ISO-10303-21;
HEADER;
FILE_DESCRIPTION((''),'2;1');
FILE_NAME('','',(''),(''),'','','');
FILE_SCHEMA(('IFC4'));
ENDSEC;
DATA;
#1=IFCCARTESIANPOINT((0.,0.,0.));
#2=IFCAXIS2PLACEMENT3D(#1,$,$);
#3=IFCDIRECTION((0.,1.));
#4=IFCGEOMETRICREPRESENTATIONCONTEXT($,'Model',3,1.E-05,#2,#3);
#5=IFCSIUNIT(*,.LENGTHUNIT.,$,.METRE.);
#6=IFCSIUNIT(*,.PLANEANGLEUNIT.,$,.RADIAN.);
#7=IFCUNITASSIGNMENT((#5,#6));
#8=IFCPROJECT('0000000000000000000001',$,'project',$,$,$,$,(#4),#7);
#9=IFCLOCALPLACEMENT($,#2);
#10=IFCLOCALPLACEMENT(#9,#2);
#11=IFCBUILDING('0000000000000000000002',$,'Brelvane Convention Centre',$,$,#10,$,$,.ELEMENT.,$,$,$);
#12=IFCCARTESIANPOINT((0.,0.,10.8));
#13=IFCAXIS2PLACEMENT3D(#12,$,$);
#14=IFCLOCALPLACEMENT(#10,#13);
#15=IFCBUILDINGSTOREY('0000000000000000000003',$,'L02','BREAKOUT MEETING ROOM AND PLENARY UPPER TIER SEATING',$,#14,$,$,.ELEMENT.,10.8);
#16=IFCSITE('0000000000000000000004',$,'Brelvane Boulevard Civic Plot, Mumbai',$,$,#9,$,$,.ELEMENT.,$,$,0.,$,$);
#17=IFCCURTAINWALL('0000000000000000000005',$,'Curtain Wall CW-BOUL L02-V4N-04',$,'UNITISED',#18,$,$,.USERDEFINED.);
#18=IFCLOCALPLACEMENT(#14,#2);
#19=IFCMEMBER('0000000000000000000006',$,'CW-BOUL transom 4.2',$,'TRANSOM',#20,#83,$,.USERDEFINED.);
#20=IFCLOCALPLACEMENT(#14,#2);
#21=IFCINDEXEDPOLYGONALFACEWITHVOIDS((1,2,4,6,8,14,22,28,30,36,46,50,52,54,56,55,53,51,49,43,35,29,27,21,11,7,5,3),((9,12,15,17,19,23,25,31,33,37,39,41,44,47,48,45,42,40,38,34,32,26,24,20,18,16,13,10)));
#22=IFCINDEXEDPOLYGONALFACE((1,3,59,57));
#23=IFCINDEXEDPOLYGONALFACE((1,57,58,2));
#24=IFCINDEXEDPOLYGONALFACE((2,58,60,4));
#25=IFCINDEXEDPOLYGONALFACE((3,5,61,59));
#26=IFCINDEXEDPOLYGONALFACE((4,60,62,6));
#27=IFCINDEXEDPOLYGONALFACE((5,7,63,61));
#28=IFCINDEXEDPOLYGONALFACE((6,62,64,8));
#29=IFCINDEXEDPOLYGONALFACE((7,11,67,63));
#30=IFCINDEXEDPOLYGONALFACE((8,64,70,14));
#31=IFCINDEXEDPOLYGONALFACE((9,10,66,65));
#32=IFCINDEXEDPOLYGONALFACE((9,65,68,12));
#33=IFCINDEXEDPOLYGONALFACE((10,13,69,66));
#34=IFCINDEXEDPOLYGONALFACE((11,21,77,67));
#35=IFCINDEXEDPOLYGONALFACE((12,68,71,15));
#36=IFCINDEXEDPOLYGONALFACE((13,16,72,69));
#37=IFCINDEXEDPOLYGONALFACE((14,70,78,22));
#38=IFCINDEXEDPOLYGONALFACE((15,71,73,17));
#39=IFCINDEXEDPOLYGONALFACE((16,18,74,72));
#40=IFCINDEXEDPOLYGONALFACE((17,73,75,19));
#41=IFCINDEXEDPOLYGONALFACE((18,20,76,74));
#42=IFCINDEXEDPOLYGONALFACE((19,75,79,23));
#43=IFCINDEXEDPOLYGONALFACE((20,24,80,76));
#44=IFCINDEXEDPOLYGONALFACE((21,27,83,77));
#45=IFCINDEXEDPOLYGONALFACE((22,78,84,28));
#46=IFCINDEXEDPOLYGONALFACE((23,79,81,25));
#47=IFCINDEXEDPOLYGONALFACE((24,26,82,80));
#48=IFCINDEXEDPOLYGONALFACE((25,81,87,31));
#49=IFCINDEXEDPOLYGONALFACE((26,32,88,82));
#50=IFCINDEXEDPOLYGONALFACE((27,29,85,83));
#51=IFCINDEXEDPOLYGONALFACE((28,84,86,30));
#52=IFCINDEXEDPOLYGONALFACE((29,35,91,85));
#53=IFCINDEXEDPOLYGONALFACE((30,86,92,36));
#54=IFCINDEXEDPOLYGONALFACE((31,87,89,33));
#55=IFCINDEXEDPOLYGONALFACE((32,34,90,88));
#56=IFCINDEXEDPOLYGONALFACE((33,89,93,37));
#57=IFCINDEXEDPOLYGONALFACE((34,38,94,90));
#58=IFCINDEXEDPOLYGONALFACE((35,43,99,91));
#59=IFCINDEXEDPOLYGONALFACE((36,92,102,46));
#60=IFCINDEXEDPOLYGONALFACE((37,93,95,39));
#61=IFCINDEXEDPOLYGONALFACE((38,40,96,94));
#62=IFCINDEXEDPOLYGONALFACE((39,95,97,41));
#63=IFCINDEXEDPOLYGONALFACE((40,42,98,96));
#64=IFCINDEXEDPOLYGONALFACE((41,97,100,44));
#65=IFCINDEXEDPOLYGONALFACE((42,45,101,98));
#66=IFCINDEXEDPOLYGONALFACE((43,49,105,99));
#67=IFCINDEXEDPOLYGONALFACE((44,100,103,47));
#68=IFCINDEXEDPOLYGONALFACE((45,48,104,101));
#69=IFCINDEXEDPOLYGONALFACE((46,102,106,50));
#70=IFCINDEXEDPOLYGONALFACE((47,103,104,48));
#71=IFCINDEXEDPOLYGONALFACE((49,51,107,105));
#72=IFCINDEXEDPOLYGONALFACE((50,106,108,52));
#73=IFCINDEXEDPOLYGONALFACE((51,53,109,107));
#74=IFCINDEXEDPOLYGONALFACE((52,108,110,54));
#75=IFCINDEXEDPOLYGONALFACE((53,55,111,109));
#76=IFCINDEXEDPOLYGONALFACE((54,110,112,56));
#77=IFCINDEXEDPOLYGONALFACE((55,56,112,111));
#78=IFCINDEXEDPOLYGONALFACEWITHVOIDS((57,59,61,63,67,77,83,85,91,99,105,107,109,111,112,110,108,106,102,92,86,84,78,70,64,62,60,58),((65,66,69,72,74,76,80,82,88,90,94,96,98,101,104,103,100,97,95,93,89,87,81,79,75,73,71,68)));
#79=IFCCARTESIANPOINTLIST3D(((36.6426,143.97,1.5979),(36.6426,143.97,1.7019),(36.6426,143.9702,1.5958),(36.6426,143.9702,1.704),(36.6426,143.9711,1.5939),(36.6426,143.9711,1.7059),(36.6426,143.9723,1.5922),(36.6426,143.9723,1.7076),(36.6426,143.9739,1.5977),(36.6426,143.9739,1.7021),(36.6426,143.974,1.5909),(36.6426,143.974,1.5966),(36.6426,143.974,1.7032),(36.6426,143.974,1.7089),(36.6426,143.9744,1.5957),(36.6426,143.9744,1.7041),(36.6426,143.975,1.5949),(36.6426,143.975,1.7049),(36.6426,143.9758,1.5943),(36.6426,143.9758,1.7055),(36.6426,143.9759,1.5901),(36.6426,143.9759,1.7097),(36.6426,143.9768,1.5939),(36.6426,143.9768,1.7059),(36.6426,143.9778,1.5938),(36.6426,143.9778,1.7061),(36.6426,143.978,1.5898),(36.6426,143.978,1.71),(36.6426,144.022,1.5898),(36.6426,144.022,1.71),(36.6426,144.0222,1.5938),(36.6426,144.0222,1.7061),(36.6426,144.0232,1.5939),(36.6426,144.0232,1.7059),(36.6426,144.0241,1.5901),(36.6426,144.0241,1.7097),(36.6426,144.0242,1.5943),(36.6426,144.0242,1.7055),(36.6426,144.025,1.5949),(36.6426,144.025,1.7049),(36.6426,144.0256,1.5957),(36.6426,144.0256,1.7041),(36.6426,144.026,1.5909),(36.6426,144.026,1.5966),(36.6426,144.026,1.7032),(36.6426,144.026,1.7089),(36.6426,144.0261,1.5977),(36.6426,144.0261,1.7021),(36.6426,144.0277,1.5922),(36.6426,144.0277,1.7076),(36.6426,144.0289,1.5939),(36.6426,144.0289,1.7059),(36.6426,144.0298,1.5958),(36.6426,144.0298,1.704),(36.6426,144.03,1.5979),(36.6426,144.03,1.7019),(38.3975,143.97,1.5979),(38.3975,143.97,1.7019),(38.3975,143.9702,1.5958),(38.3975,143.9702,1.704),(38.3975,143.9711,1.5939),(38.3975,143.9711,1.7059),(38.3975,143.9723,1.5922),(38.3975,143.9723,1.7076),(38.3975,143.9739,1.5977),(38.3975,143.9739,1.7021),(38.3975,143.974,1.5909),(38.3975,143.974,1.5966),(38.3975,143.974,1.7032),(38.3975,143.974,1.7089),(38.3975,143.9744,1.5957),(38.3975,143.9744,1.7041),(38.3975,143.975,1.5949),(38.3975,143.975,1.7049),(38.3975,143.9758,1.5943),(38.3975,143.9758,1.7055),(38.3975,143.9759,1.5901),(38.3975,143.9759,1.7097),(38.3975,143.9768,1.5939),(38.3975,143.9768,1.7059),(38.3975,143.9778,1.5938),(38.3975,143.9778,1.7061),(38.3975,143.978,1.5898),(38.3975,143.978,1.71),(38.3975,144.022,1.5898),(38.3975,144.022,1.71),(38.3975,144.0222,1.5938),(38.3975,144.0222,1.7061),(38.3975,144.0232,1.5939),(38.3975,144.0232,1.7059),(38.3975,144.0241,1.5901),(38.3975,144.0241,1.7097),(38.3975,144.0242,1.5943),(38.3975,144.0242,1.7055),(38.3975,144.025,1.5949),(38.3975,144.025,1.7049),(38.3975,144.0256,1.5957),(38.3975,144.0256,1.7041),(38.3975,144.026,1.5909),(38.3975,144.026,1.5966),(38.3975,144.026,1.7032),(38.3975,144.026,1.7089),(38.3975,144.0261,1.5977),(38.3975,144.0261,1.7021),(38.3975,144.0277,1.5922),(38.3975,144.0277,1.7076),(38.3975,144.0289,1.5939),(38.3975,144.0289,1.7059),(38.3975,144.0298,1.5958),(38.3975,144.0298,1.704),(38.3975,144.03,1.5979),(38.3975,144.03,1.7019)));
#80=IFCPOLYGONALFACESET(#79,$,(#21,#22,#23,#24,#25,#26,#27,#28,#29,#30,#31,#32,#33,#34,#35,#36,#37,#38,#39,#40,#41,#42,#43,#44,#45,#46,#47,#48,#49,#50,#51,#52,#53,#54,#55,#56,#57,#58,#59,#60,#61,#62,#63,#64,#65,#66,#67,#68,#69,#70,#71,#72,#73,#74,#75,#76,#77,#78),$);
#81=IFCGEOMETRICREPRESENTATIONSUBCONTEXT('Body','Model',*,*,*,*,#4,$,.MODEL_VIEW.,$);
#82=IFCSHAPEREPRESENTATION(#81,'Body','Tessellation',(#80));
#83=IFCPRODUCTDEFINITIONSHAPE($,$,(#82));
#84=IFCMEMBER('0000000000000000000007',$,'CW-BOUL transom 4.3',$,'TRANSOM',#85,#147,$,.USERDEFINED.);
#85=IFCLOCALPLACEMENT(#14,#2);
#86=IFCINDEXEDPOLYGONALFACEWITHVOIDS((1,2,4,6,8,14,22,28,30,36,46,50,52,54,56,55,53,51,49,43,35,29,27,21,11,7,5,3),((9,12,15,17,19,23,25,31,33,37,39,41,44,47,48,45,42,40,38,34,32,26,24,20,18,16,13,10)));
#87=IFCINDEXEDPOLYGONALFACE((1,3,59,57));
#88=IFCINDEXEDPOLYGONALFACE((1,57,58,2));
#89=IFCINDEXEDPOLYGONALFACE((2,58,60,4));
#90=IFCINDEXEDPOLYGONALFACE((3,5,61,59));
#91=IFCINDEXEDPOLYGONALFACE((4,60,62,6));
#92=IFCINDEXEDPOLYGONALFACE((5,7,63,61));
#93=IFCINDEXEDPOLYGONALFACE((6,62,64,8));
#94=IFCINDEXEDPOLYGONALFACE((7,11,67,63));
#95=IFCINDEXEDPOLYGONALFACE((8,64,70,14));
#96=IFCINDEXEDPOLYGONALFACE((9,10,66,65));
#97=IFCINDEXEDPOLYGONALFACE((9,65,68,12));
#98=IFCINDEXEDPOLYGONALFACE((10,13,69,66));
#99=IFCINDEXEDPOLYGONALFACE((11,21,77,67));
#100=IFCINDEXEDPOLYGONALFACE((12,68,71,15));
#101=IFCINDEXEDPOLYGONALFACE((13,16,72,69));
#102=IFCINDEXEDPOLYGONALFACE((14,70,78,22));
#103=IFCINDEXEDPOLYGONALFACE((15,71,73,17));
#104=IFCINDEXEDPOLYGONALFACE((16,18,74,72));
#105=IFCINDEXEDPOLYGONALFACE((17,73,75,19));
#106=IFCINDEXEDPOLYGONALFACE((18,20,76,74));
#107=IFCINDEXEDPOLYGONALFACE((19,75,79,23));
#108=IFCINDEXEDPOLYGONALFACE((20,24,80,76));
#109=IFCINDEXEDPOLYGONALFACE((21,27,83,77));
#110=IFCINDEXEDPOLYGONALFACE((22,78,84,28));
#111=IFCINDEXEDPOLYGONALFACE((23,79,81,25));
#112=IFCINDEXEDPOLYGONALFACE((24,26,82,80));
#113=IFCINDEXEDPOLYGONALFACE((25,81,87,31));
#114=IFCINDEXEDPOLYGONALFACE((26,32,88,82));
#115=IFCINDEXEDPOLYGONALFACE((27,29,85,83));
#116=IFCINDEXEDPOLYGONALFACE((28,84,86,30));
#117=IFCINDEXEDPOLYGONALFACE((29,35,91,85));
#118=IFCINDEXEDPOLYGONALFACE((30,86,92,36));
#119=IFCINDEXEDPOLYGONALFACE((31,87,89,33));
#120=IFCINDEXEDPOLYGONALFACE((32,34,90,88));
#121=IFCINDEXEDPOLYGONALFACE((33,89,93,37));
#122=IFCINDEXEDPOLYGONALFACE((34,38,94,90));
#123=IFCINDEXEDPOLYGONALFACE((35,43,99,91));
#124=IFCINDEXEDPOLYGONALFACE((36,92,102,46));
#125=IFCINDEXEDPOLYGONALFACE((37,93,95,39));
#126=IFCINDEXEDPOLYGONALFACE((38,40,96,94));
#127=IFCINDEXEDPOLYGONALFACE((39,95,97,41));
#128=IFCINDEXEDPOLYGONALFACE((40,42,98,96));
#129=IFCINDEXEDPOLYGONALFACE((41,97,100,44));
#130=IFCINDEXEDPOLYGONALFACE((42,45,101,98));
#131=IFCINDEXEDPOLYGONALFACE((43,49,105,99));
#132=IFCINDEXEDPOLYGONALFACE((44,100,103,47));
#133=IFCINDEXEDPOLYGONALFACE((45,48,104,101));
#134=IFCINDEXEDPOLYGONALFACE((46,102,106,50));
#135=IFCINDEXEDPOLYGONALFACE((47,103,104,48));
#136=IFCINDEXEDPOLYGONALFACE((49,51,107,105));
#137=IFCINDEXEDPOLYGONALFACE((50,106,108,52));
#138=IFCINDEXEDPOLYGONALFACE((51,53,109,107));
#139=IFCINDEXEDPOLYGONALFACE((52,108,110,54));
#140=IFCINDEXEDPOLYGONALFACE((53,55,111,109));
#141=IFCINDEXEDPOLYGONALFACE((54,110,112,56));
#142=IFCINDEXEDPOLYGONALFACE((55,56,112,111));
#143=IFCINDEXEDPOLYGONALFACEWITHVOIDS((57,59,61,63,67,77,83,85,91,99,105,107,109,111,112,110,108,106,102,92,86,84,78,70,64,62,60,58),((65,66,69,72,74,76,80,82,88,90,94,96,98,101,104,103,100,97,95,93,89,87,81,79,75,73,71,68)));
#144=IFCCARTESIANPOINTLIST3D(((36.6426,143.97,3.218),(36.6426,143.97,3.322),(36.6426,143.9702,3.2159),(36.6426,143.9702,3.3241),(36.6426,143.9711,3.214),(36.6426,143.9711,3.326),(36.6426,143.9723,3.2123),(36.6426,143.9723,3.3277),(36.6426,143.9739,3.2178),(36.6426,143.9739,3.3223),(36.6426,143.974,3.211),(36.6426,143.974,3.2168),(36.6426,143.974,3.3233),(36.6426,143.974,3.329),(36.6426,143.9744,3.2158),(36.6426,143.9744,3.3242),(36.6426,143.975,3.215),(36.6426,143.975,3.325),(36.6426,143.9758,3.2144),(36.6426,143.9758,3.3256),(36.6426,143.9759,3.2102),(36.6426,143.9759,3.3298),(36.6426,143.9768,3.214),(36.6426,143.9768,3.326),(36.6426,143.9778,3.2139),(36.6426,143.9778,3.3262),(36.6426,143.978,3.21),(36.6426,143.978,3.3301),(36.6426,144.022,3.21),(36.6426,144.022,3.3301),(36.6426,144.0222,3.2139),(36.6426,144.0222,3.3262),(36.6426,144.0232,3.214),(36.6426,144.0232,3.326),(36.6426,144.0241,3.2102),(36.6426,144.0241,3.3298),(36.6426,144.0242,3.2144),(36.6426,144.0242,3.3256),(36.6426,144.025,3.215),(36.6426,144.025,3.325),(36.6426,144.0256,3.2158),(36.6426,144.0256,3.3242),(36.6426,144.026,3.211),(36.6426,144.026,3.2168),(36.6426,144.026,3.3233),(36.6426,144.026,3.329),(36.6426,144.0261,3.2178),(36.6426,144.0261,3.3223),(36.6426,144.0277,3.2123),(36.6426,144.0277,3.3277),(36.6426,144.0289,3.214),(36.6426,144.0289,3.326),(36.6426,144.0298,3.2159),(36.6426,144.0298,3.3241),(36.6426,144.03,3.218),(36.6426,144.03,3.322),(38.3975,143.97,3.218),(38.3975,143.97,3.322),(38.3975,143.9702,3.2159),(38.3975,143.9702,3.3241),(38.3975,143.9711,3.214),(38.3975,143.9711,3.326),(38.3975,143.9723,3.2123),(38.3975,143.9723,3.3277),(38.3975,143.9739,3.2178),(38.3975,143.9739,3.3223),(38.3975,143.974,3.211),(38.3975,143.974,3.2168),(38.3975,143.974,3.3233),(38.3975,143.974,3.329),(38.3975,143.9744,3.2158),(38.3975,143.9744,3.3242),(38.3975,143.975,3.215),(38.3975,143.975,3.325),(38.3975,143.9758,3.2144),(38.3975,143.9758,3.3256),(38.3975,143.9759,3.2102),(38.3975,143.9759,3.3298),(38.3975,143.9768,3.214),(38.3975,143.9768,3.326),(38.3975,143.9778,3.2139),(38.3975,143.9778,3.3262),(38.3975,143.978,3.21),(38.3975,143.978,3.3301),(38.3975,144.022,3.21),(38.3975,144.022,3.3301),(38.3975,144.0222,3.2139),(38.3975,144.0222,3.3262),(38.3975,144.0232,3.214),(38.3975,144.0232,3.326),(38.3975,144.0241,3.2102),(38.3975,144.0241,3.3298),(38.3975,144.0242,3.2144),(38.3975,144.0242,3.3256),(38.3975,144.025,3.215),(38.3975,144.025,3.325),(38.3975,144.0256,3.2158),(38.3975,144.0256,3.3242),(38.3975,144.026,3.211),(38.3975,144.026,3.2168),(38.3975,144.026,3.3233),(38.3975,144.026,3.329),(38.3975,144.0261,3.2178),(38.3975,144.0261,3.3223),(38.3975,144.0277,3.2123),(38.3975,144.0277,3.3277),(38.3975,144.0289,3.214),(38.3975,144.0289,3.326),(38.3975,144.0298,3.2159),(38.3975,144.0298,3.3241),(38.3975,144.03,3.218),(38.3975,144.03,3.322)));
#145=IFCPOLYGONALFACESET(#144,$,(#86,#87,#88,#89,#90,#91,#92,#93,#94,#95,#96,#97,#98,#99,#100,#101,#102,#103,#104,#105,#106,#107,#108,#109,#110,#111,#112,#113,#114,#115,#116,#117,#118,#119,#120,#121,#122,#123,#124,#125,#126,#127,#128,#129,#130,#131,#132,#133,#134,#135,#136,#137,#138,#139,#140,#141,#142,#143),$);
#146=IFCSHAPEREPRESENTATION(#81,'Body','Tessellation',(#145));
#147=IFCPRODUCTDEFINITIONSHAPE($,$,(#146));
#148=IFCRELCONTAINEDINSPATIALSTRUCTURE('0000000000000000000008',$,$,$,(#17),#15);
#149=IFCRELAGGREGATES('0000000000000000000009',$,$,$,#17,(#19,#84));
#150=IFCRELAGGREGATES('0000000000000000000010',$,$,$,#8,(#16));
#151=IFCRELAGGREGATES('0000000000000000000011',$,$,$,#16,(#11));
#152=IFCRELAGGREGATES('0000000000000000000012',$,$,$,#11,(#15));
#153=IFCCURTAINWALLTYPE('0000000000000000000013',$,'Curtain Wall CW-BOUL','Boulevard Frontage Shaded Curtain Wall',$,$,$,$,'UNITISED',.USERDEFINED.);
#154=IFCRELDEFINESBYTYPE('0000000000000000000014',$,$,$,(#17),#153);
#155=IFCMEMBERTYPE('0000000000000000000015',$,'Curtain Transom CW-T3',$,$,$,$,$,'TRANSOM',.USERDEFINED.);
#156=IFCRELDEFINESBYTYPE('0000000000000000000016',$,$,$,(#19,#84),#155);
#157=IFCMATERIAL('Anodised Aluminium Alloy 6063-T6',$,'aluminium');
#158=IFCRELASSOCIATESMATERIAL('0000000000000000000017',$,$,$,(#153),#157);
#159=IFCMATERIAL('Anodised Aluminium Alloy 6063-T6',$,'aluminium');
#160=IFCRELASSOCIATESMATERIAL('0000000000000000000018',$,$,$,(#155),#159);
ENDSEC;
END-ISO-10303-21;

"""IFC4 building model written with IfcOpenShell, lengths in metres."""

from ifc_helpers import new_model, si_unit, direction, frame, origin, origin_2d, place, context, subcontext, project, spatial, hollow_rectangle, extrude, material, material_profile, profile_set, type_object, element, aggregate, save


model = new_model("IFC4")

# Units and contexts
model_context = context("Model", 3, precision=1e-05, world=origin(), true_north=direction((0.0, 1.0)))
body_context = subcontext(model_context, "Body", "Model", "MODEL_VIEW")
ifc_project = project(units=[si_unit("LENGTHUNIT", "METRE"), si_unit("PLANEANGLEUNIT", "RADIAN")], contexts=[model_context])

# Site, building, storey
site_placement = place(None, origin())
site = spatial("IfcSite", under=ifc_project, at=site_placement, Name="Brelvane Boulevard Civic Plot, Mumbai", CompositionType="ELEMENT", RefElevation=0.0)
building_placement = place(site_placement, origin())
building = spatial("IfcBuilding", under=site, at=building_placement, Name="Brelvane Convention Centre", CompositionType="ELEMENT")
storey_placement = place(building_placement, frame((0.0, 0.0, 10.8)))
storey = spatial("IfcBuildingStorey", under=building, at=storey_placement, Name="L02", Description="BREAKOUT MEETING ROOM AND PLENARY UPPER TIER SEATING", CompositionType="ELEMENT", Elevation=10.8)

# Curtain wall, members
ifc_material_1 = material(Name="Anodised Aluminium Alloy 6063-T6", Category="aluminium")
curtain_wall_type = type_object("IfcCurtainWallType", Name="Curtain Wall CW-BOUL", Description="Boulevard Frontage Shaded Curtain Wall", ElementType="UNITISED", PredefinedType="USERDEFINED", material=ifc_material_1)
curtain_wall_placement = place(storey_placement, origin())
curtain_wall = element("IfcCurtainWall", 1, at=curtain_wall_placement, inside=storey, type_object=curtain_wall_type, Name="Curtain Wall CW-BOUL L02-V4N-04", ObjectType="UNITISED", PredefinedType="USERDEFINED")
ifc_material_2 = material(Name="Anodised Aluminium Alloy 6063-T6", Category="aluminium")
ifc_material_profile_1 = material_profile(ifc_material_2, hollow_rectangle(XDim=0.0601, YDim=0.1201, WallThickness=0.0039, InnerFilletRadius=0.0039, OuterFilletRadius=0.0081, at=origin_2d()), Name="ALU-T 120x60x4.0")
ifc_profile_set_1 = profile_set([ifc_material_profile_1], Name="Anodised Aluminium Alloy 6063-T6")
member_type_1 = type_object("IfcMemberType", Name="Curtain Transom CW-T3", ElementType="TRANSOM", PredefinedType="USERDEFINED", material=ifc_profile_set_1)
member_1_placement = place(storey_placement, frame((36.6426, 144.0, 1.6499), z_axis=(1.0, 0.0, 0.0), x_axis=(0.0, 1.0, 0.0)))
member_1 = element("IfcMember", 2, at=member_1_placement, type_object=member_type_1, Name="CW-BOUL transom 4.2", ObjectType="TRANSOM", PredefinedType="USERDEFINED", context=body_context, shape_type="SweptSolid", body=[
    extrude(hollow_rectangle(XDim=0.0601, YDim=0.1201, WallThickness=0.0039, InnerFilletRadius=0.0039, OuterFilletRadius=0.0081, at=origin_2d()), origin(), (0.0, 0.0, 1.0), 1.7549),
])
member_2_placement = place(storey_placement, frame((36.6426, 144.0, 3.27), z_axis=(1.0, 0.0, 0.0), x_axis=(0.0, 1.0, 0.0)))
member_2 = element("IfcMember", 3, at=member_2_placement, type_object=member_type_1, Name="CW-BOUL transom 4.3", ObjectType="TRANSOM", PredefinedType="USERDEFINED", context=body_context, shape_type="SweptSolid", body=[
    extrude(hollow_rectangle(XDim=0.0601, YDim=0.1201, WallThickness=0.0039, InnerFilletRadius=0.0039, OuterFilletRadius=0.0081, at=origin_2d()), origin(), (0.0, 0.0, 1.0), 1.7549),
])

aggregate(curtain_wall, [member_1, member_2])

save(model, "model.ifc")
